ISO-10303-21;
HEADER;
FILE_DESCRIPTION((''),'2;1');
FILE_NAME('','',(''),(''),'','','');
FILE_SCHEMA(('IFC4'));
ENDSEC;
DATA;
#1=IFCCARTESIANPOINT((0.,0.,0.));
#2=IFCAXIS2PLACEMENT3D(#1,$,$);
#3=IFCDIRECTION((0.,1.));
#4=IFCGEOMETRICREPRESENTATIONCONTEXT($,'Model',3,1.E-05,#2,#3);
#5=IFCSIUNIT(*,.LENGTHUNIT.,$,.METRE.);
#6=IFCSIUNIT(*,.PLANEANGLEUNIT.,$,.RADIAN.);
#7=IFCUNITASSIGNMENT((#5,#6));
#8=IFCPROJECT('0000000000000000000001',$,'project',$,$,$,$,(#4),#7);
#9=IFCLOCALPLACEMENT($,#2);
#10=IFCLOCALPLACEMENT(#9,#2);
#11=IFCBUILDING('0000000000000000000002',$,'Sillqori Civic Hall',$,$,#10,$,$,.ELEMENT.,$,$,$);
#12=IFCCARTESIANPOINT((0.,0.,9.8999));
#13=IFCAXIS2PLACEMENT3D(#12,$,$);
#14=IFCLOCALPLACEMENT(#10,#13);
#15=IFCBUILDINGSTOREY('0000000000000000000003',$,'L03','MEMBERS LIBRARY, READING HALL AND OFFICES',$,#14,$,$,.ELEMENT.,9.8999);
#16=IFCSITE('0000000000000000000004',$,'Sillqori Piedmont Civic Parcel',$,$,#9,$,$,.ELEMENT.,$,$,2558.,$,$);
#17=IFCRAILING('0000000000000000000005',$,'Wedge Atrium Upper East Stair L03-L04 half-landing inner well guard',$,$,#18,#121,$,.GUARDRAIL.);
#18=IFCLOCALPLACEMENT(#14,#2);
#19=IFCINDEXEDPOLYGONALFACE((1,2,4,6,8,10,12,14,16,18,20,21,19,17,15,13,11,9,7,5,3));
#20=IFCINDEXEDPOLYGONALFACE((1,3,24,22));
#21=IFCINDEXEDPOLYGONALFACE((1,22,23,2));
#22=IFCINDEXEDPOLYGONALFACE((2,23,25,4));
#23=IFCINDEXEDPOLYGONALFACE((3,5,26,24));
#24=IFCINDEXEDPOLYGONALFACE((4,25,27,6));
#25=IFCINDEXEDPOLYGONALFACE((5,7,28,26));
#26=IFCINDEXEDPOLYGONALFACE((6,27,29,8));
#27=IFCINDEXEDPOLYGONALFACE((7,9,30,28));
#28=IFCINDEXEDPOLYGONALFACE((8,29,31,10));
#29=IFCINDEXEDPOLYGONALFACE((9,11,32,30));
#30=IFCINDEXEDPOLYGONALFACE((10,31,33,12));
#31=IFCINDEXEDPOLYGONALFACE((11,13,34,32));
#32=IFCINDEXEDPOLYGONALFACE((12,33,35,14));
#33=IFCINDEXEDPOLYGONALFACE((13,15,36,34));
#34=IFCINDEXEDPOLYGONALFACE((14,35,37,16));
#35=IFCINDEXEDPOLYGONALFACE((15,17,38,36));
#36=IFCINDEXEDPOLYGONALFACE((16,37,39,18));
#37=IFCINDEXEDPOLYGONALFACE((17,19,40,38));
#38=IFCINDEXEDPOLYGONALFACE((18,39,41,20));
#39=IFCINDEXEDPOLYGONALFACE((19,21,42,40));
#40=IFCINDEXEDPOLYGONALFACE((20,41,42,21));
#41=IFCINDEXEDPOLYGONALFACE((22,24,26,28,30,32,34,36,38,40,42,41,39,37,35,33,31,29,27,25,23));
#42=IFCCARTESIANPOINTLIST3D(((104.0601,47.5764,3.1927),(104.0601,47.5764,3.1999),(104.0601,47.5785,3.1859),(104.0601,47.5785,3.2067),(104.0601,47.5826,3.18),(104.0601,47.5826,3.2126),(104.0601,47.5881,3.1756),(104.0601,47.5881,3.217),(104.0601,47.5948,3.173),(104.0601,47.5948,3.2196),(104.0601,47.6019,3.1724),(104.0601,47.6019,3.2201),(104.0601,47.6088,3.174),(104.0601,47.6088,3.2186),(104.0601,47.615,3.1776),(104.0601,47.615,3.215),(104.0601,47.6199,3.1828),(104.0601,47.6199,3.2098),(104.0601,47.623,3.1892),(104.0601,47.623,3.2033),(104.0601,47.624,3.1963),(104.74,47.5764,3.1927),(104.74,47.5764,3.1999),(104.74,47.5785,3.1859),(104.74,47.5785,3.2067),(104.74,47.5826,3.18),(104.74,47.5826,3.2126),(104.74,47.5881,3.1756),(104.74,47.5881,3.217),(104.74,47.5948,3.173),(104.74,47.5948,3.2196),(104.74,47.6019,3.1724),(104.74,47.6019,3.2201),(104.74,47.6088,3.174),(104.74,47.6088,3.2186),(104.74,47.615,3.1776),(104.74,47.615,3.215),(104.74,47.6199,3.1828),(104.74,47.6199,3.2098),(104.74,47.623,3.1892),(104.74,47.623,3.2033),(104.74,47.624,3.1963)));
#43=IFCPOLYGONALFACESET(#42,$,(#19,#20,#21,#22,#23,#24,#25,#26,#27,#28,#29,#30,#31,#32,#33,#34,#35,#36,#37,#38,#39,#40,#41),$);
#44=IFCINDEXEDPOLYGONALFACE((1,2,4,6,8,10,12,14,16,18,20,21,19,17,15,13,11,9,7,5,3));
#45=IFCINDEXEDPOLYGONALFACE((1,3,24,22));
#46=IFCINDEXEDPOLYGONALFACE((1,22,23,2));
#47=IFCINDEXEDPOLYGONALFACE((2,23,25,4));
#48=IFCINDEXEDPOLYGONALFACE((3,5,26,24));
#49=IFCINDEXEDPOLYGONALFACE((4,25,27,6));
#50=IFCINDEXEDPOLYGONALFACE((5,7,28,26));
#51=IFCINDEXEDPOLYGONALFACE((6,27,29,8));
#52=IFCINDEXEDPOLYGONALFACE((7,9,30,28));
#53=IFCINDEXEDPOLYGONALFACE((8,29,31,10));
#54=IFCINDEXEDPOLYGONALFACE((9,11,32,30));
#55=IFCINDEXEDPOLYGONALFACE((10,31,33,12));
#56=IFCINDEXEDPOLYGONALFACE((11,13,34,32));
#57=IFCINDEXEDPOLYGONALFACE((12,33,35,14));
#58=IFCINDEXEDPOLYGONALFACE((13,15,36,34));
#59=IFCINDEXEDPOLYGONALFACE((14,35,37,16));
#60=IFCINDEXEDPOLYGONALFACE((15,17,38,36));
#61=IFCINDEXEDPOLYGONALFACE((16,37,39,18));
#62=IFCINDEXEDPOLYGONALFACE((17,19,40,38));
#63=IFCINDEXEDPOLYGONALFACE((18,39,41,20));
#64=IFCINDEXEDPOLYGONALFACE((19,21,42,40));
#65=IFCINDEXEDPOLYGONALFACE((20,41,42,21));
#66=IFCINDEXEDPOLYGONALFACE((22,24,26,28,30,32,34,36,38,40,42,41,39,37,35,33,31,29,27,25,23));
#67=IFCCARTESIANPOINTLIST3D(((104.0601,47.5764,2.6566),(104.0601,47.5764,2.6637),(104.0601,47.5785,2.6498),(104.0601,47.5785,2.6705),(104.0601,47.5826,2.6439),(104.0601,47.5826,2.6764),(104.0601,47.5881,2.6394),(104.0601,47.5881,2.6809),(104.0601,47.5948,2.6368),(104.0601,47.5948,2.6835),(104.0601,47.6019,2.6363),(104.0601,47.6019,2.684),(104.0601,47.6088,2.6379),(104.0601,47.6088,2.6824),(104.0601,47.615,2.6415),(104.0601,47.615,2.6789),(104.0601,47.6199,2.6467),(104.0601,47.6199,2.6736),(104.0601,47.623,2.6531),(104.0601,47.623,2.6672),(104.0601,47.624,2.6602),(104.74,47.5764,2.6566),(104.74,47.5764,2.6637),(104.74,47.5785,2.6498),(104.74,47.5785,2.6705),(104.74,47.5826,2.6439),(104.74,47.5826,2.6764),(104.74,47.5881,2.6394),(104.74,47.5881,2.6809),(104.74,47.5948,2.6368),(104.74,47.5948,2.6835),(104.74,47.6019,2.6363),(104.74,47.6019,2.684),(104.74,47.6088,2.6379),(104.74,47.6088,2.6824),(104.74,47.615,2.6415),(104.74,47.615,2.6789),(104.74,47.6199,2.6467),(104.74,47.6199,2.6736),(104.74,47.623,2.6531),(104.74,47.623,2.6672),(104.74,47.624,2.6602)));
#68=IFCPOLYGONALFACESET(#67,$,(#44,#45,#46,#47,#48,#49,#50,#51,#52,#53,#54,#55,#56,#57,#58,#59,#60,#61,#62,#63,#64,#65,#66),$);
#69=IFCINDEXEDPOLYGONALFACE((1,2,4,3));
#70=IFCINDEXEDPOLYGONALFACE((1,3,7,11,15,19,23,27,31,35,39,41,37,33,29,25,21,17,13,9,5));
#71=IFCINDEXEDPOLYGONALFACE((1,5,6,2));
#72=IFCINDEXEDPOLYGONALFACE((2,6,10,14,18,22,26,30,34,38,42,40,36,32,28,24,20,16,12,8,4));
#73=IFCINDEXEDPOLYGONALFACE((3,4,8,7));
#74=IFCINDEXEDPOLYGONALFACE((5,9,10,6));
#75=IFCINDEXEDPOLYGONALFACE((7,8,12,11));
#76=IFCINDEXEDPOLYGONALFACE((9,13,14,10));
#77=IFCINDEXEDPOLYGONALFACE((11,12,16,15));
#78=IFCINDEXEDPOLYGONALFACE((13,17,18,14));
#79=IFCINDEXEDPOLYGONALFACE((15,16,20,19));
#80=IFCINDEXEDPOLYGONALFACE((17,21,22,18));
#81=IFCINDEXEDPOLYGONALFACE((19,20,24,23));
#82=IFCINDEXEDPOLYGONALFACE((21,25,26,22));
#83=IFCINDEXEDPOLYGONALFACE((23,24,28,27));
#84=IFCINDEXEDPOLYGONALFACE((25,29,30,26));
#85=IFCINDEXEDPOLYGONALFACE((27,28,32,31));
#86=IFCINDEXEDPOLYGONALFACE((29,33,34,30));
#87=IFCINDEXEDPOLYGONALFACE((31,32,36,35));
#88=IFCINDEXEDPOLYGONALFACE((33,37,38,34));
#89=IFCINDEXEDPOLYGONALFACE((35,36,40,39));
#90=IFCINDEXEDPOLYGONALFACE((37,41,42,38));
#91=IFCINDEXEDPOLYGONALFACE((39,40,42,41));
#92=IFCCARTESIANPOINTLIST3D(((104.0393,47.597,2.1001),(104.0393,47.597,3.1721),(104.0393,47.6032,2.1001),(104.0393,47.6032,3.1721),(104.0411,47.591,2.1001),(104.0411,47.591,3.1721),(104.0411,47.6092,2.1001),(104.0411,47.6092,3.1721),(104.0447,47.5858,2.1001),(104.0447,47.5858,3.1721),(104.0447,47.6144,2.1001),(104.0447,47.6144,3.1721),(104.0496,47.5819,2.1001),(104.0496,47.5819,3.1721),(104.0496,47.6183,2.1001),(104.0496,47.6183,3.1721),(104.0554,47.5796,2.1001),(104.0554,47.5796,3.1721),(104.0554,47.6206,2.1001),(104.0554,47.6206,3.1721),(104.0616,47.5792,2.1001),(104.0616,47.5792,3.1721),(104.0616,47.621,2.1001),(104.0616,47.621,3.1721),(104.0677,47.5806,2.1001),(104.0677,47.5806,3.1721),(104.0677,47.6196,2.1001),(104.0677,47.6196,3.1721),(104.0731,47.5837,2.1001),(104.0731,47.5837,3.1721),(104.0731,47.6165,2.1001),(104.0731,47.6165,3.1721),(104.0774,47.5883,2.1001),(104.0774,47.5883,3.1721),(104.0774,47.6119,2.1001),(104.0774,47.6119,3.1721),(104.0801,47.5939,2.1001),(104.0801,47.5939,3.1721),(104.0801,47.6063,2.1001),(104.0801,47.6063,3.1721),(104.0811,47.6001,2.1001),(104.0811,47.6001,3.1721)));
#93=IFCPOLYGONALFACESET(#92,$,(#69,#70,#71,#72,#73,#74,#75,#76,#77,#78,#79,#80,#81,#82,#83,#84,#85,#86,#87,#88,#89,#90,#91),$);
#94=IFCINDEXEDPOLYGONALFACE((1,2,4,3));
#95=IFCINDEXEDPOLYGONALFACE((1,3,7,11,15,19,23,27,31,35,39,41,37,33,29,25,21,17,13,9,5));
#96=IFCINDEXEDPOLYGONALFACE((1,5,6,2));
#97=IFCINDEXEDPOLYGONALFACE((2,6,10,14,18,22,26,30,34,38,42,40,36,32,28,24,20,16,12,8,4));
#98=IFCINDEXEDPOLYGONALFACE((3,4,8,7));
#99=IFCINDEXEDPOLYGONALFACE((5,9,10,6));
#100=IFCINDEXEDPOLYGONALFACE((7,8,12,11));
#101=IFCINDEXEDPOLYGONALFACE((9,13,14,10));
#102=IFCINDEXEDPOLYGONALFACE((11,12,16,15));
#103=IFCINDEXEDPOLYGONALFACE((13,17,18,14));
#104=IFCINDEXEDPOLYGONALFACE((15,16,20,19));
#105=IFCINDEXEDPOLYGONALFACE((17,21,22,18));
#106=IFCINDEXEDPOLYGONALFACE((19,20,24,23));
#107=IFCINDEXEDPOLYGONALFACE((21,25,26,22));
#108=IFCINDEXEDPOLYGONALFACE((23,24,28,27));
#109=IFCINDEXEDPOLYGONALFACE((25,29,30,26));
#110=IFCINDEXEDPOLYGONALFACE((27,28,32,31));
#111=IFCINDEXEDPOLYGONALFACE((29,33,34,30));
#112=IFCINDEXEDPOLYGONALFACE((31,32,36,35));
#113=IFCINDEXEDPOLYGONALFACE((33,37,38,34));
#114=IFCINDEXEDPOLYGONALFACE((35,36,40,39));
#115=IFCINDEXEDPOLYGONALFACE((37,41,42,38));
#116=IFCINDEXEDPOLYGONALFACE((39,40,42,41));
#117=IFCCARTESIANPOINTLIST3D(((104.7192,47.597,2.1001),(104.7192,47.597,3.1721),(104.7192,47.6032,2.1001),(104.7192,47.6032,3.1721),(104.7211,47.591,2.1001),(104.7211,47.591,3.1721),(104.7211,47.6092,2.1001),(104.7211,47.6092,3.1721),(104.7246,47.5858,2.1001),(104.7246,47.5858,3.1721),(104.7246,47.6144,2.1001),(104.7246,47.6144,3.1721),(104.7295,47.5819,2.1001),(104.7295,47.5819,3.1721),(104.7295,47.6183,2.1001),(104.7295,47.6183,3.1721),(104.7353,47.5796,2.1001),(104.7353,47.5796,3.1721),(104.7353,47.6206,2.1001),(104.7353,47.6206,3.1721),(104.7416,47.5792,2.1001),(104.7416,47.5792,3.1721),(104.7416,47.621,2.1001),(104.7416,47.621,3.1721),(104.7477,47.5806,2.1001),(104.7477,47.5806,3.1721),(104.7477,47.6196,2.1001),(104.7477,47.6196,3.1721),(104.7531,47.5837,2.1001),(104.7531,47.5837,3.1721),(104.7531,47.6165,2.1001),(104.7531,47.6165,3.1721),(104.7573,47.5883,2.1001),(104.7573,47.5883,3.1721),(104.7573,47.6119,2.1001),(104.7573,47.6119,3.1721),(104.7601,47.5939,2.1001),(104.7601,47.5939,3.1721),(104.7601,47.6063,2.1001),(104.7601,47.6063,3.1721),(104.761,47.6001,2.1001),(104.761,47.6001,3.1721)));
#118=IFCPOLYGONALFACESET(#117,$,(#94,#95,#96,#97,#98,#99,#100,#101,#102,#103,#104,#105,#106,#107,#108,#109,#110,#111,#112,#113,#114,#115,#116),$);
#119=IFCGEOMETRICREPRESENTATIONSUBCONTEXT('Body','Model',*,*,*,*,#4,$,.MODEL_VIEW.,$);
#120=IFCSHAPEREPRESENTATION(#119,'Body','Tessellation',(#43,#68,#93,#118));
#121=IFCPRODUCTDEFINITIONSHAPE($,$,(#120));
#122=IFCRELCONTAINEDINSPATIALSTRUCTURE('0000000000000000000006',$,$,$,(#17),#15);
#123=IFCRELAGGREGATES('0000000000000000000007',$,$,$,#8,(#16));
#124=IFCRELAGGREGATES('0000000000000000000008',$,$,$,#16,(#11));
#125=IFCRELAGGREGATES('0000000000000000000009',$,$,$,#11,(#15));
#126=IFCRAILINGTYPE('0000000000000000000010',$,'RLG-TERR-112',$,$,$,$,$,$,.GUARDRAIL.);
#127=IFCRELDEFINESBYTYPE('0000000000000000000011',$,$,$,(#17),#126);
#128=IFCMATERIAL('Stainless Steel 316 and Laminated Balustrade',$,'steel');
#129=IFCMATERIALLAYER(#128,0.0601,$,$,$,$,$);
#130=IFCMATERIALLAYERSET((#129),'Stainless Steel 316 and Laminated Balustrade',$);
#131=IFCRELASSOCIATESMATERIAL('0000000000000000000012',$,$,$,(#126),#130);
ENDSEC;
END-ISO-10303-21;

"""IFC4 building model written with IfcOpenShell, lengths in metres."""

from ifc_helpers import new_model, si_unit, direction, frame, origin, origin_2d, place, context, subcontext, project, spatial, circle, extrude, material, layer, layer_set, type_object, element, save


model = new_model("IFC4")

# Units and contexts
model_context = context("Model", 3, precision=1e-05, world=origin(), true_north=direction((0.0, 1.0)))
body_context = subcontext(model_context, "Body", "Model", "MODEL_VIEW")
ifc_project = project(units=[si_unit("LENGTHUNIT", "METRE"), si_unit("PLANEANGLEUNIT", "RADIAN")], contexts=[model_context])

# Site, building, storey
site_placement = place(None, origin())
site = spatial("IfcSite", under=ifc_project, at=site_placement, Name="Sillqori Piedmont Civic Parcel", CompositionType="ELEMENT", RefElevation=2558.0)
building_placement = place(site_placement, origin())
building = spatial("IfcBuilding", under=site, at=building_placement, Name="Sillqori Civic Hall", CompositionType="ELEMENT")
storey_placement = place(building_placement, frame((0.0, 0.0, 9.8999)))
storey = spatial("IfcBuildingStorey", under=building, at=storey_placement, Name="L03", Description="MEMBERS LIBRARY, READING HALL AND OFFICES", CompositionType="ELEMENT", Elevation=9.8999)

# Railing
ifc_material_1 = material(Name="Stainless Steel 316 and Laminated Balustrade", Category="steel")
ifc_layer_1 = layer(ifc_material_1, 0.0601)
ifc_layer_set_1 = layer_set([ifc_layer_1], Name="Stainless Steel 316 and Laminated Balustrade")
railing_type_1 = type_object("IfcRailingType", Name="RLG-TERR-112", PredefinedType="GUARDRAIL", material=ifc_layer_set_1)
railing_1_placement = place(storey_placement, frame((104.0601, 47.6001, 2.1001)))
element("IfcRailing", 1, at=railing_1_placement, inside=storey, type_object=railing_type_1, Name="Wedge Atrium Upper East Stair L03-L04 half-landing inner well guard", PredefinedType="GUARDRAIL", context=body_context, shape_type="SweptSolid", body=[
    extrude(circle(Radius=0.0239, at=origin_2d()), frame((0.0, 0.0, 1.0962), z_axis=(1.0, 0.0, 0.0), x_axis=(0.0, 1.0, 0.0)), (0.0, 0.0, 1.0), 0.6799),
    extrude(circle(Radius=0.0239, at=origin_2d()), frame((0.0, 0.0, 0.5601), z_axis=(1.0, 0.0, 0.0), x_axis=(0.0, 1.0, 0.0)), (0.0, 0.0, 1.0), 0.6799),
    extrude(circle(Radius=0.021, at=origin_2d()), origin(), (0.0, 0.0, 1.0), 1.072),
    extrude(circle(Radius=0.021, at=origin_2d()), frame((0.6799, 0.0, 0.0)), (0.0, 0.0, 1.0), 1.072),
])

save(model, "model.ifc")
